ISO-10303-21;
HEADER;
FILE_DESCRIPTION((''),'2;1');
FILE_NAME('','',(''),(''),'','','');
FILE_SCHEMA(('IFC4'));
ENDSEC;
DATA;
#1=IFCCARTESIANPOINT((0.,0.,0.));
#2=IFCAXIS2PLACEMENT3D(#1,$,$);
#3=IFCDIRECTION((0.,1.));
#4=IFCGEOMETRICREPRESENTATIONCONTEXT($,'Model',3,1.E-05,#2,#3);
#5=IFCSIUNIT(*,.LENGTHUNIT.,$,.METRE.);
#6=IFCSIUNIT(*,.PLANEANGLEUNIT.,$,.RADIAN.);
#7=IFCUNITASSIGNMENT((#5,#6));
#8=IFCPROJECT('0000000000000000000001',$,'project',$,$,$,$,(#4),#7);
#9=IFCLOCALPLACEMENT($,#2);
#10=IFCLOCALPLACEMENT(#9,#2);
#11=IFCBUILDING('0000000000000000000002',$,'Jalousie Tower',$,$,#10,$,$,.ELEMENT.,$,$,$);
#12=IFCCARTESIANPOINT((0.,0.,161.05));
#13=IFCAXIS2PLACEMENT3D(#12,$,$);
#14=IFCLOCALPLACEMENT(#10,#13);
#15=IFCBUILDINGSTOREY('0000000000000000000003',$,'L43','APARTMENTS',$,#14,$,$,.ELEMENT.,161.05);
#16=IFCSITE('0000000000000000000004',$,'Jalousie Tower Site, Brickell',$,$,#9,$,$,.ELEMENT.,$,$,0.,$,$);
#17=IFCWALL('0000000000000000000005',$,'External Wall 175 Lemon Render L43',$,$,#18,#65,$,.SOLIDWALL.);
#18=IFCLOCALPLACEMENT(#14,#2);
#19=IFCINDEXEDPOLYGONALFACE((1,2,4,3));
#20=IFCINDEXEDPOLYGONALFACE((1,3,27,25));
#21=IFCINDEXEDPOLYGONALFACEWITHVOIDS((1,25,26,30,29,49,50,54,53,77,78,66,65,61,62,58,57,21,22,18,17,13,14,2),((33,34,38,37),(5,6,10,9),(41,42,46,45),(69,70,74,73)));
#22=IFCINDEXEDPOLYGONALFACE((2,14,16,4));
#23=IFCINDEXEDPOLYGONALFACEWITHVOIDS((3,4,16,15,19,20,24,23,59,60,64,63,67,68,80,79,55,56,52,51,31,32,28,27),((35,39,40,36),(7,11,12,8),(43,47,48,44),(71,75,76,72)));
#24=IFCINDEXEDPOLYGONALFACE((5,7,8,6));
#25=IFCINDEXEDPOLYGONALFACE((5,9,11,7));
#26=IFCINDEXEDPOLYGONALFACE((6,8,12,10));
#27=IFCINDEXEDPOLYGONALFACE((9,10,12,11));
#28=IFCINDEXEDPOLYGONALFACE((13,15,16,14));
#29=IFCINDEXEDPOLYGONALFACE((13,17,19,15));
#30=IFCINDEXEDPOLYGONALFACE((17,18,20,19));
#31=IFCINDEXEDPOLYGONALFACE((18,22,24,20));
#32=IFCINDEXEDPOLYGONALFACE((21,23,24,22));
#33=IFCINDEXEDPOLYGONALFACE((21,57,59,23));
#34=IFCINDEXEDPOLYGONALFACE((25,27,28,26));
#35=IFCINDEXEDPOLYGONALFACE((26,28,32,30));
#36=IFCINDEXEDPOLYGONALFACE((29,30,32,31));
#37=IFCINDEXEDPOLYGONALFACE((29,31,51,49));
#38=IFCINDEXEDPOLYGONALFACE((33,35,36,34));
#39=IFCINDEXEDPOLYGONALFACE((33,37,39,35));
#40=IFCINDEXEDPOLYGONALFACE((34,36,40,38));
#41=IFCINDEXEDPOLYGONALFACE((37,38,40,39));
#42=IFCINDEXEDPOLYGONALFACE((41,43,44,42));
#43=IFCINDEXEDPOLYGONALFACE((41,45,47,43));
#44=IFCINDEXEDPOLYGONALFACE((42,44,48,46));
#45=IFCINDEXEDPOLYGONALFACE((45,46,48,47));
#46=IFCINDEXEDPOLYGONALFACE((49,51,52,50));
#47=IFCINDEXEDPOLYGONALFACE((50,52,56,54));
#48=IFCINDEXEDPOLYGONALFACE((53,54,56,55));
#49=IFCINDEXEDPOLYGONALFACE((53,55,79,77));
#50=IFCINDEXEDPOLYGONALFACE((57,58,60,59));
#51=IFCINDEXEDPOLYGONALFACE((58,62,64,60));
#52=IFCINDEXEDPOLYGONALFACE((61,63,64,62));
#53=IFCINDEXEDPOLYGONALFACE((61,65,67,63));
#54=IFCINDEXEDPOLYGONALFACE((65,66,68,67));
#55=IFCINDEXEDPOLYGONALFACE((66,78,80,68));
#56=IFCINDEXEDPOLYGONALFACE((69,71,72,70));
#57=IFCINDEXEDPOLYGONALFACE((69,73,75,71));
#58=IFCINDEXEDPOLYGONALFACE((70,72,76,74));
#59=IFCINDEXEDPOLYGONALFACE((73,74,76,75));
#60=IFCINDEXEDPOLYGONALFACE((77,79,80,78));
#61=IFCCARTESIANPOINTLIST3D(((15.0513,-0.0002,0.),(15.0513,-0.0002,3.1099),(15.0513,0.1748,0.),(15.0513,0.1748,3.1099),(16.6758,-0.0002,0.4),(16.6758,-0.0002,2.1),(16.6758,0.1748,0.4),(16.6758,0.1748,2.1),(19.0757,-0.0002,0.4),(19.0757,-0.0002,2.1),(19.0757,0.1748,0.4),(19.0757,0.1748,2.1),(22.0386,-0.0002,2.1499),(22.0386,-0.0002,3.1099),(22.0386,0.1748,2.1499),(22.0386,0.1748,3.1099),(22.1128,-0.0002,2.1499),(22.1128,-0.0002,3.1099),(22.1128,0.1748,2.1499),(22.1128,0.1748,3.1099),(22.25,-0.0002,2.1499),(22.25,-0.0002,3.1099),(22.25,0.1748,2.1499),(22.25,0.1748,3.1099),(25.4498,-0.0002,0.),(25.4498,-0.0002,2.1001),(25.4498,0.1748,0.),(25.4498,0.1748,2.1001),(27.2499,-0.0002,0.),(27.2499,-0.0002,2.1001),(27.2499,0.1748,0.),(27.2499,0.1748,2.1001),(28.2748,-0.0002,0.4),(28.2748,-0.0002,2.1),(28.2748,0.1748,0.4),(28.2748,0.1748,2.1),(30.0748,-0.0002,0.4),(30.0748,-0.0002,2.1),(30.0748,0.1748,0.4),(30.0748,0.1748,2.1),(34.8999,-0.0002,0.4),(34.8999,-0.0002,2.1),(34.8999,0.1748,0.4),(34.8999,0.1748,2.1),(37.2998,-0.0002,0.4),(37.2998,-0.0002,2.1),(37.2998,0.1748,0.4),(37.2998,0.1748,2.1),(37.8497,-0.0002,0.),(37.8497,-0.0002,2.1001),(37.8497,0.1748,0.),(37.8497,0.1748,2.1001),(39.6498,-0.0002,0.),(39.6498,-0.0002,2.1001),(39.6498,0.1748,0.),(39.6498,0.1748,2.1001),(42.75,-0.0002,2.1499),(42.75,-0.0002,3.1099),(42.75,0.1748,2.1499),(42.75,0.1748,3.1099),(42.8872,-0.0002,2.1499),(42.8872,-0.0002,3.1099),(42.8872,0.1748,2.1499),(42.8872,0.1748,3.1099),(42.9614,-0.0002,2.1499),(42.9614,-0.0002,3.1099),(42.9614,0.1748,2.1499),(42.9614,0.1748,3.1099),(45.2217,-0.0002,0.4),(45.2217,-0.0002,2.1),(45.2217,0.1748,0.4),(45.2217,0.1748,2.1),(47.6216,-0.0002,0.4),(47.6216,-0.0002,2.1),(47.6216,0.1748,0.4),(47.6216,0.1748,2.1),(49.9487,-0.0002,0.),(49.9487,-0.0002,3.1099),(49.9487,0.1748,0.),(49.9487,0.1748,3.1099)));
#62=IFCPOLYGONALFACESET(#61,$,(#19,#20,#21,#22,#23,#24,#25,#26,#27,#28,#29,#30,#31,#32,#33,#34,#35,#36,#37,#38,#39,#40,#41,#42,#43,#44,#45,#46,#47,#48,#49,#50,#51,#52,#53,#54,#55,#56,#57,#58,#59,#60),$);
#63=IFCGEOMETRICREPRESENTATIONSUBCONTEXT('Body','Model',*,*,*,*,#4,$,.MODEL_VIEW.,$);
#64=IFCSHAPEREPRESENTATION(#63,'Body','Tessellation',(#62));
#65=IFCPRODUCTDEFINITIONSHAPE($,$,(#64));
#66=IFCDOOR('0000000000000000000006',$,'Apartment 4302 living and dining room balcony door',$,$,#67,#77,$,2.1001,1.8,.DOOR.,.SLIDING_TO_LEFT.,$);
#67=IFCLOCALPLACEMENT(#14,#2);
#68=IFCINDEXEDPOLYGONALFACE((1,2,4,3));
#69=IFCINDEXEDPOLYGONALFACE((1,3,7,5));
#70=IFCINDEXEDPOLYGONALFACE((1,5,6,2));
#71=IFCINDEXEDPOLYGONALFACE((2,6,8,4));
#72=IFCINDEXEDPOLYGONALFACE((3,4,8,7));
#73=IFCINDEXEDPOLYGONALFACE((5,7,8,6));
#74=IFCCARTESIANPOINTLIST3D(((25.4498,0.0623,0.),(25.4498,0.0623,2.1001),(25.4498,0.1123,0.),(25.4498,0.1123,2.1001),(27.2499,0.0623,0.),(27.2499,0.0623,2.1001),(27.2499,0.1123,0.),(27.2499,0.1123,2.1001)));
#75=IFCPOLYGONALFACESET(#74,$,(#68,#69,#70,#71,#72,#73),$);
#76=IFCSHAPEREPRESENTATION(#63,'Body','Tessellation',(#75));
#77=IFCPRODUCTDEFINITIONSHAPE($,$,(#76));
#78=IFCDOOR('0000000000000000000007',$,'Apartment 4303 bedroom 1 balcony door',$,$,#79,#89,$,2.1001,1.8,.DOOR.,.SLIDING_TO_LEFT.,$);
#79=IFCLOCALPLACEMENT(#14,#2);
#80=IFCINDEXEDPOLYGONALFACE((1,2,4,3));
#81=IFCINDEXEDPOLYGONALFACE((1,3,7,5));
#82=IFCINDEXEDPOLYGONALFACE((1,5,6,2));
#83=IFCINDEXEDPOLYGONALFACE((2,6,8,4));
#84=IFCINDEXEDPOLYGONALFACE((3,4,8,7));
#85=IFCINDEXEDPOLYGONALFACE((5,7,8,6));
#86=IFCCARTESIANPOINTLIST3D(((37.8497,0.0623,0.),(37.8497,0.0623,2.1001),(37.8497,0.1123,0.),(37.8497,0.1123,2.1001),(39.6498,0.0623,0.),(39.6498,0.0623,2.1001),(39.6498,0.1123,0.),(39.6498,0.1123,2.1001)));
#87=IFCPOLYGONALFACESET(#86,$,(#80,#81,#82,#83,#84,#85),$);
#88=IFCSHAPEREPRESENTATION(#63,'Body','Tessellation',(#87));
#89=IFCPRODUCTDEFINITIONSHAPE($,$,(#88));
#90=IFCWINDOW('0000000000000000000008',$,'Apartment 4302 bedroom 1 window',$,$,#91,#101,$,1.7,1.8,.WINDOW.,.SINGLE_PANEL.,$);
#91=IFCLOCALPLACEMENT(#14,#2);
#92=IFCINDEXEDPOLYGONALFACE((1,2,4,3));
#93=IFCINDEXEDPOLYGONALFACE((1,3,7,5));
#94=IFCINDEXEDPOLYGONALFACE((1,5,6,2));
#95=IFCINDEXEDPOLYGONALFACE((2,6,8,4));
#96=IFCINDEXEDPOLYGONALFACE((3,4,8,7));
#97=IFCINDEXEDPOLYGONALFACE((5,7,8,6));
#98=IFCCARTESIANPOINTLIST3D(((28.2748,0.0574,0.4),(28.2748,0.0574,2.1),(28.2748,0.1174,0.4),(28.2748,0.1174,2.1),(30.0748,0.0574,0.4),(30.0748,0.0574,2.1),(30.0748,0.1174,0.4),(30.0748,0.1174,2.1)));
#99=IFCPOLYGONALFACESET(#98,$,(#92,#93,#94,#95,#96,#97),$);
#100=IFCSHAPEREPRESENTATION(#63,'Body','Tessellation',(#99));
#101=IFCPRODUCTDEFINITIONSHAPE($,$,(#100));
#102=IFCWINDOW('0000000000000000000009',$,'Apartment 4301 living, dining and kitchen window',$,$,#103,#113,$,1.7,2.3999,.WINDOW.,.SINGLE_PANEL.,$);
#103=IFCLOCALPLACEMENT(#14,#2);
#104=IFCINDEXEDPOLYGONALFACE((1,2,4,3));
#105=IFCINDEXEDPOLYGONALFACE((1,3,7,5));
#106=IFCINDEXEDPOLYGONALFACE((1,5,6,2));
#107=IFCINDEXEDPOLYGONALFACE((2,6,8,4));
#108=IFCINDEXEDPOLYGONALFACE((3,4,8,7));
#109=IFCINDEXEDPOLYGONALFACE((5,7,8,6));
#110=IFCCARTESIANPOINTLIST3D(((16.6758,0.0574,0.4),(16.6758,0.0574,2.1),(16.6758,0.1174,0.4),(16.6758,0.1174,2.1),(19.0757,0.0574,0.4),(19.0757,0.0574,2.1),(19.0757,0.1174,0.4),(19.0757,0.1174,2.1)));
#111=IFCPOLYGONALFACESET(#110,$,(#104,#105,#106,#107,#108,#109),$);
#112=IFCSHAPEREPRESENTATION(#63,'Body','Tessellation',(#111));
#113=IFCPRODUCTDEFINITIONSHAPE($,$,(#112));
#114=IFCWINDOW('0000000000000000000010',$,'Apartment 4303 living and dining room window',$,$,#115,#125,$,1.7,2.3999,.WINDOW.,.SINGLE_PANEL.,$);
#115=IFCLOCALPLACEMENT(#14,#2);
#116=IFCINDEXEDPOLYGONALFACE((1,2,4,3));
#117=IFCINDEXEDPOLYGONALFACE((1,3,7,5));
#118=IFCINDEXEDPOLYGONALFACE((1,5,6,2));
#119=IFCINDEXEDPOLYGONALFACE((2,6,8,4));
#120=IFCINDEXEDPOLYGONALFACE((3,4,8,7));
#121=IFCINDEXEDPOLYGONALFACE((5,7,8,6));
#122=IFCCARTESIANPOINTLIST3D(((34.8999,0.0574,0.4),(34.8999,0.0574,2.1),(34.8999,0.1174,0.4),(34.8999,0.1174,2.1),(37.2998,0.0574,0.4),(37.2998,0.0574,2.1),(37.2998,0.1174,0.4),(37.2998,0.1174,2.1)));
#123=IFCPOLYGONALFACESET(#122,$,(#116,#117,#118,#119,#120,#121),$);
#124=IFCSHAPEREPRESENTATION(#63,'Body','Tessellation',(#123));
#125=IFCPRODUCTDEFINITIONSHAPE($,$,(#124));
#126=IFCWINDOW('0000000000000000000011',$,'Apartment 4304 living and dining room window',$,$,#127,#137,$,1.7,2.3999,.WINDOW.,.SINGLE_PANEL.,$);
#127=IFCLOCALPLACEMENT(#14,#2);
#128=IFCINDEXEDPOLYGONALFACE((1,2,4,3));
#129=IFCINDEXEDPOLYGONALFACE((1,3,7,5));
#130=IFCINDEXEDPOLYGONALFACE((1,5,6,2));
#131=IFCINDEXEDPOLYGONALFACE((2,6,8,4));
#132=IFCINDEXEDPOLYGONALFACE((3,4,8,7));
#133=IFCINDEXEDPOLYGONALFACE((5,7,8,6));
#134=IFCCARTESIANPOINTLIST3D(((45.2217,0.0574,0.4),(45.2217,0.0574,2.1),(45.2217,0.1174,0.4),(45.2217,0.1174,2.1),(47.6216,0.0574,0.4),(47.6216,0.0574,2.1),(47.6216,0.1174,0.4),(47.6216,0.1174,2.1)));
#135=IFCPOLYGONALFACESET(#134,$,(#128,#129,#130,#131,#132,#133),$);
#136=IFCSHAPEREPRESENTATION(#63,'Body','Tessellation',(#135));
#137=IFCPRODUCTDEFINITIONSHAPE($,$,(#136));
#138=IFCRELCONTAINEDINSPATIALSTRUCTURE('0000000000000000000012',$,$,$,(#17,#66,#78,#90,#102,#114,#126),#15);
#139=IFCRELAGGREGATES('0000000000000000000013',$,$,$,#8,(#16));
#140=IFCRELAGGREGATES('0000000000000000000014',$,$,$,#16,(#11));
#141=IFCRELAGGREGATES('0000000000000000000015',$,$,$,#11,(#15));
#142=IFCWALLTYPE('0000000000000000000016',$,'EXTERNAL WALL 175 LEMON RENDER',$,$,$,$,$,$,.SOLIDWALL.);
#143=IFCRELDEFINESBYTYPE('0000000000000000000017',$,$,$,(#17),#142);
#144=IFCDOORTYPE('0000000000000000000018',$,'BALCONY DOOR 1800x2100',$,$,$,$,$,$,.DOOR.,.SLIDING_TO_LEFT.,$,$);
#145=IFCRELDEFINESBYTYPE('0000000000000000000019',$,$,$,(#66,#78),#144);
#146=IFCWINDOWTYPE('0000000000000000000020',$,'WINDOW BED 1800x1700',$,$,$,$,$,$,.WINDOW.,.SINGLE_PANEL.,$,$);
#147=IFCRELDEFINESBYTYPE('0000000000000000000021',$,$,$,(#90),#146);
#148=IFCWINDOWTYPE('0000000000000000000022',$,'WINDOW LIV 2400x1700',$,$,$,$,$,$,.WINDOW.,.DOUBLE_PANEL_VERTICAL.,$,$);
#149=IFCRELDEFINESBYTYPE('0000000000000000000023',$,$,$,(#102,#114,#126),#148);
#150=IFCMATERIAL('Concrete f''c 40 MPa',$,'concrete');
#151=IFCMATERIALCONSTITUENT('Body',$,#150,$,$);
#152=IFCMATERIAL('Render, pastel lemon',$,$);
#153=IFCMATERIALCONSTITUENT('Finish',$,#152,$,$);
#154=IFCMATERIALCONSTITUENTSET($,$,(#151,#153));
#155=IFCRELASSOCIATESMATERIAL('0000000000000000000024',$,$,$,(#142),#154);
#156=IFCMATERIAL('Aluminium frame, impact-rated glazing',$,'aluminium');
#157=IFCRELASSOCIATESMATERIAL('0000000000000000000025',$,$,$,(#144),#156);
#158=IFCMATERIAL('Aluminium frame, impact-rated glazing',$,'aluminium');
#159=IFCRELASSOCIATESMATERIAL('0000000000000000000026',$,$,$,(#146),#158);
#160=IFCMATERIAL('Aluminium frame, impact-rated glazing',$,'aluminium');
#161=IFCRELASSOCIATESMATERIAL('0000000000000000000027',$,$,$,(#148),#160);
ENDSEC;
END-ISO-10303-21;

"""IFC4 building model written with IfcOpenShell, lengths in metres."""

from ifc_helpers import new_model, si_unit, direction, frame, frame_2d, origin, place, context, subcontext, project, spatial, polyline, rectangle, outline, extrude, material, constituent, constituent_set, type_object, element, fill, save


model = new_model("IFC4")

# Units and contexts
model_context = context("Model", 3, precision=1e-05, world=origin(), true_north=direction((0.0, 1.0)))
body_context = subcontext(model_context, "Body", "Model", "MODEL_VIEW")
ifc_project = project(units=[si_unit("LENGTHUNIT", "METRE"), si_unit("PLANEANGLEUNIT", "RADIAN")], contexts=[model_context])

# Site, building, storey
site_placement = place(None, origin())
site = spatial("IfcSite", under=ifc_project, at=site_placement, Name="Jalousie Tower Site, Brickell", CompositionType="ELEMENT", RefElevation=0.0)
building_placement = place(site_placement, origin())
building = spatial("IfcBuilding", under=site, at=building_placement, Name="Jalousie Tower", CompositionType="ELEMENT")
storey_placement = place(building_placement, frame((0.0, 0.0, 161.05)))
storey = spatial("IfcBuildingStorey", under=building, at=storey_placement, Name="L43", Description="APARTMENTS", CompositionType="ELEMENT", Elevation=161.05)

# Wall, openings, doors, windows
ifc_material_1 = material(Name="Concrete f'c 40 MPa", Category="concrete")
ifc_constituent_1 = constituent(ifc_material_1, Name="Body")
ifc_material_2 = material(Name="Render, pastel lemon")
ifc_constituent_2 = constituent(ifc_material_2, Name="Finish")
ifc_constituent_set_1 = constituent_set(constituents=[ifc_constituent_1, ifc_constituent_2])
wall_type_1 = type_object("IfcWallType", Name="EXTERNAL WALL 175 LEMON RENDER", PredefinedType="SOLIDWALL", material=ifc_constituent_set_1)
wall_1_placement = place(storey_placement, frame((15.0513, 0.0874, 0.0), z_axis=(0.0, 0.0, 1.0), x_axis=(1.0, 0.0, 0.0)))
wall_1 = element("IfcWall", 1, at=wall_1_placement, inside=storey, type_object=wall_type_1, Name="External Wall 175 Lemon Render L43", PredefinedType="SOLIDWALL", context=body_context, shape_type="SweptSolid", body=[
    extrude(outline(polyline([(0.0, 0.0), (34.8975, 0.0), (34.8975, 3.1099), (27.9102, 3.1099), (27.9102, 2.1499), (27.8359, 2.1499), (27.8359, 3.1099), (27.6987, 3.1099), (27.6987, 2.1499), (7.1987, 2.1499), (7.1987, 3.1099), (7.0615, 3.1099), (7.0615, 2.1499), (6.9873, 2.1499), (6.9873, 3.1099), (0.0, 3.1099), (0.0, 0.0)])), frame((0.0, 0.0874, 0.0), z_axis=(0.0, -1.0, 0.0), x_axis=(1.0, 0.0, 0.0)), (0.0, 0.0, 1.0), 0.175),
])
opening_1_placement = place(wall_1_placement, frame((1.6245, 0.0, 0.3999)))
opening_1 = element("IfcOpeningElement", 2, at=opening_1_placement, cuts=wall_1, PredefinedType="OPENING", context=body_context, shape_type="SweptSolid", body=[
    extrude(rectangle(XDim=2.3999, YDim=1.7, at=frame_2d((1.2, 0.8501))), frame((0.0, 0.0974, 0.0), z_axis=(0.0, -1.0, 0.0), x_axis=(1.0, 0.0, 0.0)), (0.0, 0.0, 1.0), 0.1951),
])
opening_2_placement = place(wall_1_placement, frame((10.3987, 0.0, 0.0)))
opening_2 = element("IfcOpeningElement", 3, at=opening_2_placement, cuts=wall_1, PredefinedType="OPENING", context=body_context, shape_type="SweptSolid", body=[
    extrude(rectangle(XDim=1.8, YDim=2.1001, at=frame_2d((0.8999, 1.05))), frame((0.0, 0.0974, 0.0), z_axis=(0.0, -1.0, 0.0), x_axis=(1.0, 0.0, 0.0)), (0.0, 0.0, 1.0), 0.1951),
])
opening_3_placement = place(wall_1_placement, frame((13.2236, 0.0, 0.3999)))
opening_3 = element("IfcOpeningElement", 4, at=opening_3_placement, cuts=wall_1, PredefinedType="OPENING", context=body_context, shape_type="SweptSolid", body=[
    extrude(rectangle(XDim=1.8, YDim=1.7, at=frame_2d((0.8999, 0.8501))), frame((0.0, 0.0974, 0.0), z_axis=(0.0, -1.0, 0.0), x_axis=(1.0, 0.0, 0.0)), (0.0, 0.0, 1.0), 0.1951),
])
opening_4_placement = place(wall_1_placement, frame((19.8486, 0.0, 0.3999)))
opening_4 = element("IfcOpeningElement", 5, at=opening_4_placement, cuts=wall_1, PredefinedType="OPENING", context=body_context, shape_type="SweptSolid", body=[
    extrude(rectangle(XDim=2.3999, YDim=1.7, at=frame_2d((1.2, 0.8501))), frame((0.0, 0.0974, 0.0), z_axis=(0.0, -1.0, 0.0), x_axis=(1.0, 0.0, 0.0)), (0.0, 0.0, 1.0), 0.1951),
])
opening_5_placement = place(wall_1_placement, frame((22.7986, 0.0, 0.0)))
opening_5 = element("IfcOpeningElement", 6, at=opening_5_placement, cuts=wall_1, PredefinedType="OPENING", context=body_context, shape_type="SweptSolid", body=[
    extrude(rectangle(XDim=1.8, YDim=2.1001, at=frame_2d((0.8999, 1.05))), frame((0.0, 0.0974, 0.0), z_axis=(0.0, -1.0, 0.0), x_axis=(1.0, 0.0, 0.0)), (0.0, 0.0, 1.0), 0.1951),
])
opening_6_placement = place(wall_1_placement, frame((30.1704, 0.0, 0.3999)))
opening_6 = element("IfcOpeningElement", 7, at=opening_6_placement, cuts=wall_1, PredefinedType="OPENING", context=body_context, shape_type="SweptSolid", body=[
    extrude(rectangle(XDim=2.3999, YDim=1.7, at=frame_2d((1.2, 0.8501))), frame((0.0, 0.0974, 0.0), z_axis=(0.0, -1.0, 0.0), x_axis=(1.0, 0.0, 0.0)), (0.0, 0.0, 1.0), 0.1951),
])
ifc_material_3 = material(Name="Aluminium frame, impact-rated glazing", Category="aluminium")
door_type_1 = type_object("IfcDoorType", Name="BALCONY DOOR 1800x2100", OperationType="SLIDING_TO_LEFT", PredefinedType="DOOR", material=ifc_material_3)
door_1_placement = place(opening_2_placement, origin())
door_1 = element("IfcDoor", 8, at=door_1_placement, inside=storey, type_object=door_type_1, Name="Apartment 4302 living and dining room balcony door", OperationType="SLIDING_TO_LEFT", OverallHeight=2.1001, OverallWidth=1.8, PredefinedType="DOOR", context=body_context, shape_type="SweptSolid", body=[
    extrude(rectangle(XDim=1.8, YDim=2.1001, at=frame_2d((0.8999, 1.05))), frame((0.0, 0.0249, 0.0), z_axis=(0.0, -1.0, 0.0), x_axis=(1.0, 0.0, 0.0)), (0.0, 0.0, 1.0), 0.05),
])
fill(opening_2, door_1)
door_2_placement = place(opening_5_placement, origin())
door_2 = element("IfcDoor", 9, at=door_2_placement, inside=storey, type_object=door_type_1, Name="Apartment 4303 bedroom 1 balcony door", OperationType="SLIDING_TO_LEFT", OverallHeight=2.1001, OverallWidth=1.8, PredefinedType="DOOR", context=body_context, shape_type="SweptSolid", body=[
    extrude(rectangle(XDim=1.8, YDim=2.1001, at=frame_2d((0.8999, 1.05))), frame((0.0, 0.0249, 0.0), z_axis=(0.0, -1.0, 0.0), x_axis=(1.0, 0.0, 0.0)), (0.0, 0.0, 1.0), 0.05),
])
fill(opening_5, door_2)
ifc_material_4 = material(Name="Aluminium frame, impact-rated glazing", Category="aluminium")
window_type_1 = type_object("IfcWindowType", Name="WINDOW BED 1800x1700", PartitioningType="SINGLE_PANEL", PredefinedType="WINDOW", material=ifc_material_4)
window_1_placement = place(opening_3_placement, origin())
window_1 = element("IfcWindow", 10, at=window_1_placement, inside=storey, type_object=window_type_1, Name="Apartment 4302 bedroom 1 window", OverallHeight=1.7, OverallWidth=1.8, PartitioningType="SINGLE_PANEL", PredefinedType="WINDOW", context=body_context, shape_type="SweptSolid", body=[
    extrude(rectangle(XDim=1.8, YDim=1.7, at=frame_2d((0.8999, 0.8501))), frame((0.0, 0.03, 0.0), z_axis=(0.0, -1.0, 0.0), x_axis=(1.0, 0.0, 0.0)), (0.0, 0.0, 1.0), 0.0601),
])
fill(opening_3, window_1)
ifc_material_5 = material(Name="Aluminium frame, impact-rated glazing", Category="aluminium")
window_type_2 = type_object("IfcWindowType", Name="WINDOW LIV 2400x1700", PartitioningType="DOUBLE_PANEL_VERTICAL", PredefinedType="WINDOW", material=ifc_material_5)
window_2_placement = place(opening_1_placement, origin())
window_2 = element("IfcWindow", 11, at=window_2_placement, inside=storey, type_object=window_type_2, Name="Apartment 4301 living, dining and kitchen window", OverallHeight=1.7, OverallWidth=2.3999, PartitioningType="SINGLE_PANEL", PredefinedType="WINDOW", context=body_context, shape_type="SweptSolid", body=[
    extrude(rectangle(XDim=2.3999, YDim=1.7, at=frame_2d((1.2, 0.8501))), frame((0.0, 0.03, 0.0), z_axis=(0.0, -1.0, 0.0), x_axis=(1.0, 0.0, 0.0)), (0.0, 0.0, 1.0), 0.0601),
])
fill(opening_1, window_2)
window_3_placement = place(opening_4_placement, origin())
window_3 = element("IfcWindow", 12, at=window_3_placement, inside=storey, type_object=window_type_2, Name="Apartment 4303 living and dining room window", OverallHeight=1.7, OverallWidth=2.3999, PartitioningType="SINGLE_PANEL", PredefinedType="WINDOW", context=body_context, shape_type="SweptSolid", body=[
    extrude(rectangle(XDim=2.3999, YDim=1.7, at=frame_2d((1.2, 0.8501))), frame((0.0, 0.03, 0.0), z_axis=(0.0, -1.0, 0.0), x_axis=(1.0, 0.0, 0.0)), (0.0, 0.0, 1.0), 0.0601),
])
fill(opening_4, window_3)
window_4_placement = place(opening_6_placement, origin())
window_4 = element("IfcWindow", 13, at=window_4_placement, inside=storey, type_object=window_type_2, Name="Apartment 4304 living and dining room window", OverallHeight=1.7, OverallWidth=2.3999, PartitioningType="SINGLE_PANEL", PredefinedType="WINDOW", context=body_context, shape_type="SweptSolid", body=[
    extrude(rectangle(XDim=2.3999, YDim=1.7, at=frame_2d((1.2, 0.8501))), frame((0.0, 0.03, 0.0), z_axis=(0.0, -1.0, 0.0), x_axis=(1.0, 0.0, 0.0)), (0.0, 0.0, 1.0), 0.0601),
])
fill(opening_6, window_4)

save(model, "model.ifc")
